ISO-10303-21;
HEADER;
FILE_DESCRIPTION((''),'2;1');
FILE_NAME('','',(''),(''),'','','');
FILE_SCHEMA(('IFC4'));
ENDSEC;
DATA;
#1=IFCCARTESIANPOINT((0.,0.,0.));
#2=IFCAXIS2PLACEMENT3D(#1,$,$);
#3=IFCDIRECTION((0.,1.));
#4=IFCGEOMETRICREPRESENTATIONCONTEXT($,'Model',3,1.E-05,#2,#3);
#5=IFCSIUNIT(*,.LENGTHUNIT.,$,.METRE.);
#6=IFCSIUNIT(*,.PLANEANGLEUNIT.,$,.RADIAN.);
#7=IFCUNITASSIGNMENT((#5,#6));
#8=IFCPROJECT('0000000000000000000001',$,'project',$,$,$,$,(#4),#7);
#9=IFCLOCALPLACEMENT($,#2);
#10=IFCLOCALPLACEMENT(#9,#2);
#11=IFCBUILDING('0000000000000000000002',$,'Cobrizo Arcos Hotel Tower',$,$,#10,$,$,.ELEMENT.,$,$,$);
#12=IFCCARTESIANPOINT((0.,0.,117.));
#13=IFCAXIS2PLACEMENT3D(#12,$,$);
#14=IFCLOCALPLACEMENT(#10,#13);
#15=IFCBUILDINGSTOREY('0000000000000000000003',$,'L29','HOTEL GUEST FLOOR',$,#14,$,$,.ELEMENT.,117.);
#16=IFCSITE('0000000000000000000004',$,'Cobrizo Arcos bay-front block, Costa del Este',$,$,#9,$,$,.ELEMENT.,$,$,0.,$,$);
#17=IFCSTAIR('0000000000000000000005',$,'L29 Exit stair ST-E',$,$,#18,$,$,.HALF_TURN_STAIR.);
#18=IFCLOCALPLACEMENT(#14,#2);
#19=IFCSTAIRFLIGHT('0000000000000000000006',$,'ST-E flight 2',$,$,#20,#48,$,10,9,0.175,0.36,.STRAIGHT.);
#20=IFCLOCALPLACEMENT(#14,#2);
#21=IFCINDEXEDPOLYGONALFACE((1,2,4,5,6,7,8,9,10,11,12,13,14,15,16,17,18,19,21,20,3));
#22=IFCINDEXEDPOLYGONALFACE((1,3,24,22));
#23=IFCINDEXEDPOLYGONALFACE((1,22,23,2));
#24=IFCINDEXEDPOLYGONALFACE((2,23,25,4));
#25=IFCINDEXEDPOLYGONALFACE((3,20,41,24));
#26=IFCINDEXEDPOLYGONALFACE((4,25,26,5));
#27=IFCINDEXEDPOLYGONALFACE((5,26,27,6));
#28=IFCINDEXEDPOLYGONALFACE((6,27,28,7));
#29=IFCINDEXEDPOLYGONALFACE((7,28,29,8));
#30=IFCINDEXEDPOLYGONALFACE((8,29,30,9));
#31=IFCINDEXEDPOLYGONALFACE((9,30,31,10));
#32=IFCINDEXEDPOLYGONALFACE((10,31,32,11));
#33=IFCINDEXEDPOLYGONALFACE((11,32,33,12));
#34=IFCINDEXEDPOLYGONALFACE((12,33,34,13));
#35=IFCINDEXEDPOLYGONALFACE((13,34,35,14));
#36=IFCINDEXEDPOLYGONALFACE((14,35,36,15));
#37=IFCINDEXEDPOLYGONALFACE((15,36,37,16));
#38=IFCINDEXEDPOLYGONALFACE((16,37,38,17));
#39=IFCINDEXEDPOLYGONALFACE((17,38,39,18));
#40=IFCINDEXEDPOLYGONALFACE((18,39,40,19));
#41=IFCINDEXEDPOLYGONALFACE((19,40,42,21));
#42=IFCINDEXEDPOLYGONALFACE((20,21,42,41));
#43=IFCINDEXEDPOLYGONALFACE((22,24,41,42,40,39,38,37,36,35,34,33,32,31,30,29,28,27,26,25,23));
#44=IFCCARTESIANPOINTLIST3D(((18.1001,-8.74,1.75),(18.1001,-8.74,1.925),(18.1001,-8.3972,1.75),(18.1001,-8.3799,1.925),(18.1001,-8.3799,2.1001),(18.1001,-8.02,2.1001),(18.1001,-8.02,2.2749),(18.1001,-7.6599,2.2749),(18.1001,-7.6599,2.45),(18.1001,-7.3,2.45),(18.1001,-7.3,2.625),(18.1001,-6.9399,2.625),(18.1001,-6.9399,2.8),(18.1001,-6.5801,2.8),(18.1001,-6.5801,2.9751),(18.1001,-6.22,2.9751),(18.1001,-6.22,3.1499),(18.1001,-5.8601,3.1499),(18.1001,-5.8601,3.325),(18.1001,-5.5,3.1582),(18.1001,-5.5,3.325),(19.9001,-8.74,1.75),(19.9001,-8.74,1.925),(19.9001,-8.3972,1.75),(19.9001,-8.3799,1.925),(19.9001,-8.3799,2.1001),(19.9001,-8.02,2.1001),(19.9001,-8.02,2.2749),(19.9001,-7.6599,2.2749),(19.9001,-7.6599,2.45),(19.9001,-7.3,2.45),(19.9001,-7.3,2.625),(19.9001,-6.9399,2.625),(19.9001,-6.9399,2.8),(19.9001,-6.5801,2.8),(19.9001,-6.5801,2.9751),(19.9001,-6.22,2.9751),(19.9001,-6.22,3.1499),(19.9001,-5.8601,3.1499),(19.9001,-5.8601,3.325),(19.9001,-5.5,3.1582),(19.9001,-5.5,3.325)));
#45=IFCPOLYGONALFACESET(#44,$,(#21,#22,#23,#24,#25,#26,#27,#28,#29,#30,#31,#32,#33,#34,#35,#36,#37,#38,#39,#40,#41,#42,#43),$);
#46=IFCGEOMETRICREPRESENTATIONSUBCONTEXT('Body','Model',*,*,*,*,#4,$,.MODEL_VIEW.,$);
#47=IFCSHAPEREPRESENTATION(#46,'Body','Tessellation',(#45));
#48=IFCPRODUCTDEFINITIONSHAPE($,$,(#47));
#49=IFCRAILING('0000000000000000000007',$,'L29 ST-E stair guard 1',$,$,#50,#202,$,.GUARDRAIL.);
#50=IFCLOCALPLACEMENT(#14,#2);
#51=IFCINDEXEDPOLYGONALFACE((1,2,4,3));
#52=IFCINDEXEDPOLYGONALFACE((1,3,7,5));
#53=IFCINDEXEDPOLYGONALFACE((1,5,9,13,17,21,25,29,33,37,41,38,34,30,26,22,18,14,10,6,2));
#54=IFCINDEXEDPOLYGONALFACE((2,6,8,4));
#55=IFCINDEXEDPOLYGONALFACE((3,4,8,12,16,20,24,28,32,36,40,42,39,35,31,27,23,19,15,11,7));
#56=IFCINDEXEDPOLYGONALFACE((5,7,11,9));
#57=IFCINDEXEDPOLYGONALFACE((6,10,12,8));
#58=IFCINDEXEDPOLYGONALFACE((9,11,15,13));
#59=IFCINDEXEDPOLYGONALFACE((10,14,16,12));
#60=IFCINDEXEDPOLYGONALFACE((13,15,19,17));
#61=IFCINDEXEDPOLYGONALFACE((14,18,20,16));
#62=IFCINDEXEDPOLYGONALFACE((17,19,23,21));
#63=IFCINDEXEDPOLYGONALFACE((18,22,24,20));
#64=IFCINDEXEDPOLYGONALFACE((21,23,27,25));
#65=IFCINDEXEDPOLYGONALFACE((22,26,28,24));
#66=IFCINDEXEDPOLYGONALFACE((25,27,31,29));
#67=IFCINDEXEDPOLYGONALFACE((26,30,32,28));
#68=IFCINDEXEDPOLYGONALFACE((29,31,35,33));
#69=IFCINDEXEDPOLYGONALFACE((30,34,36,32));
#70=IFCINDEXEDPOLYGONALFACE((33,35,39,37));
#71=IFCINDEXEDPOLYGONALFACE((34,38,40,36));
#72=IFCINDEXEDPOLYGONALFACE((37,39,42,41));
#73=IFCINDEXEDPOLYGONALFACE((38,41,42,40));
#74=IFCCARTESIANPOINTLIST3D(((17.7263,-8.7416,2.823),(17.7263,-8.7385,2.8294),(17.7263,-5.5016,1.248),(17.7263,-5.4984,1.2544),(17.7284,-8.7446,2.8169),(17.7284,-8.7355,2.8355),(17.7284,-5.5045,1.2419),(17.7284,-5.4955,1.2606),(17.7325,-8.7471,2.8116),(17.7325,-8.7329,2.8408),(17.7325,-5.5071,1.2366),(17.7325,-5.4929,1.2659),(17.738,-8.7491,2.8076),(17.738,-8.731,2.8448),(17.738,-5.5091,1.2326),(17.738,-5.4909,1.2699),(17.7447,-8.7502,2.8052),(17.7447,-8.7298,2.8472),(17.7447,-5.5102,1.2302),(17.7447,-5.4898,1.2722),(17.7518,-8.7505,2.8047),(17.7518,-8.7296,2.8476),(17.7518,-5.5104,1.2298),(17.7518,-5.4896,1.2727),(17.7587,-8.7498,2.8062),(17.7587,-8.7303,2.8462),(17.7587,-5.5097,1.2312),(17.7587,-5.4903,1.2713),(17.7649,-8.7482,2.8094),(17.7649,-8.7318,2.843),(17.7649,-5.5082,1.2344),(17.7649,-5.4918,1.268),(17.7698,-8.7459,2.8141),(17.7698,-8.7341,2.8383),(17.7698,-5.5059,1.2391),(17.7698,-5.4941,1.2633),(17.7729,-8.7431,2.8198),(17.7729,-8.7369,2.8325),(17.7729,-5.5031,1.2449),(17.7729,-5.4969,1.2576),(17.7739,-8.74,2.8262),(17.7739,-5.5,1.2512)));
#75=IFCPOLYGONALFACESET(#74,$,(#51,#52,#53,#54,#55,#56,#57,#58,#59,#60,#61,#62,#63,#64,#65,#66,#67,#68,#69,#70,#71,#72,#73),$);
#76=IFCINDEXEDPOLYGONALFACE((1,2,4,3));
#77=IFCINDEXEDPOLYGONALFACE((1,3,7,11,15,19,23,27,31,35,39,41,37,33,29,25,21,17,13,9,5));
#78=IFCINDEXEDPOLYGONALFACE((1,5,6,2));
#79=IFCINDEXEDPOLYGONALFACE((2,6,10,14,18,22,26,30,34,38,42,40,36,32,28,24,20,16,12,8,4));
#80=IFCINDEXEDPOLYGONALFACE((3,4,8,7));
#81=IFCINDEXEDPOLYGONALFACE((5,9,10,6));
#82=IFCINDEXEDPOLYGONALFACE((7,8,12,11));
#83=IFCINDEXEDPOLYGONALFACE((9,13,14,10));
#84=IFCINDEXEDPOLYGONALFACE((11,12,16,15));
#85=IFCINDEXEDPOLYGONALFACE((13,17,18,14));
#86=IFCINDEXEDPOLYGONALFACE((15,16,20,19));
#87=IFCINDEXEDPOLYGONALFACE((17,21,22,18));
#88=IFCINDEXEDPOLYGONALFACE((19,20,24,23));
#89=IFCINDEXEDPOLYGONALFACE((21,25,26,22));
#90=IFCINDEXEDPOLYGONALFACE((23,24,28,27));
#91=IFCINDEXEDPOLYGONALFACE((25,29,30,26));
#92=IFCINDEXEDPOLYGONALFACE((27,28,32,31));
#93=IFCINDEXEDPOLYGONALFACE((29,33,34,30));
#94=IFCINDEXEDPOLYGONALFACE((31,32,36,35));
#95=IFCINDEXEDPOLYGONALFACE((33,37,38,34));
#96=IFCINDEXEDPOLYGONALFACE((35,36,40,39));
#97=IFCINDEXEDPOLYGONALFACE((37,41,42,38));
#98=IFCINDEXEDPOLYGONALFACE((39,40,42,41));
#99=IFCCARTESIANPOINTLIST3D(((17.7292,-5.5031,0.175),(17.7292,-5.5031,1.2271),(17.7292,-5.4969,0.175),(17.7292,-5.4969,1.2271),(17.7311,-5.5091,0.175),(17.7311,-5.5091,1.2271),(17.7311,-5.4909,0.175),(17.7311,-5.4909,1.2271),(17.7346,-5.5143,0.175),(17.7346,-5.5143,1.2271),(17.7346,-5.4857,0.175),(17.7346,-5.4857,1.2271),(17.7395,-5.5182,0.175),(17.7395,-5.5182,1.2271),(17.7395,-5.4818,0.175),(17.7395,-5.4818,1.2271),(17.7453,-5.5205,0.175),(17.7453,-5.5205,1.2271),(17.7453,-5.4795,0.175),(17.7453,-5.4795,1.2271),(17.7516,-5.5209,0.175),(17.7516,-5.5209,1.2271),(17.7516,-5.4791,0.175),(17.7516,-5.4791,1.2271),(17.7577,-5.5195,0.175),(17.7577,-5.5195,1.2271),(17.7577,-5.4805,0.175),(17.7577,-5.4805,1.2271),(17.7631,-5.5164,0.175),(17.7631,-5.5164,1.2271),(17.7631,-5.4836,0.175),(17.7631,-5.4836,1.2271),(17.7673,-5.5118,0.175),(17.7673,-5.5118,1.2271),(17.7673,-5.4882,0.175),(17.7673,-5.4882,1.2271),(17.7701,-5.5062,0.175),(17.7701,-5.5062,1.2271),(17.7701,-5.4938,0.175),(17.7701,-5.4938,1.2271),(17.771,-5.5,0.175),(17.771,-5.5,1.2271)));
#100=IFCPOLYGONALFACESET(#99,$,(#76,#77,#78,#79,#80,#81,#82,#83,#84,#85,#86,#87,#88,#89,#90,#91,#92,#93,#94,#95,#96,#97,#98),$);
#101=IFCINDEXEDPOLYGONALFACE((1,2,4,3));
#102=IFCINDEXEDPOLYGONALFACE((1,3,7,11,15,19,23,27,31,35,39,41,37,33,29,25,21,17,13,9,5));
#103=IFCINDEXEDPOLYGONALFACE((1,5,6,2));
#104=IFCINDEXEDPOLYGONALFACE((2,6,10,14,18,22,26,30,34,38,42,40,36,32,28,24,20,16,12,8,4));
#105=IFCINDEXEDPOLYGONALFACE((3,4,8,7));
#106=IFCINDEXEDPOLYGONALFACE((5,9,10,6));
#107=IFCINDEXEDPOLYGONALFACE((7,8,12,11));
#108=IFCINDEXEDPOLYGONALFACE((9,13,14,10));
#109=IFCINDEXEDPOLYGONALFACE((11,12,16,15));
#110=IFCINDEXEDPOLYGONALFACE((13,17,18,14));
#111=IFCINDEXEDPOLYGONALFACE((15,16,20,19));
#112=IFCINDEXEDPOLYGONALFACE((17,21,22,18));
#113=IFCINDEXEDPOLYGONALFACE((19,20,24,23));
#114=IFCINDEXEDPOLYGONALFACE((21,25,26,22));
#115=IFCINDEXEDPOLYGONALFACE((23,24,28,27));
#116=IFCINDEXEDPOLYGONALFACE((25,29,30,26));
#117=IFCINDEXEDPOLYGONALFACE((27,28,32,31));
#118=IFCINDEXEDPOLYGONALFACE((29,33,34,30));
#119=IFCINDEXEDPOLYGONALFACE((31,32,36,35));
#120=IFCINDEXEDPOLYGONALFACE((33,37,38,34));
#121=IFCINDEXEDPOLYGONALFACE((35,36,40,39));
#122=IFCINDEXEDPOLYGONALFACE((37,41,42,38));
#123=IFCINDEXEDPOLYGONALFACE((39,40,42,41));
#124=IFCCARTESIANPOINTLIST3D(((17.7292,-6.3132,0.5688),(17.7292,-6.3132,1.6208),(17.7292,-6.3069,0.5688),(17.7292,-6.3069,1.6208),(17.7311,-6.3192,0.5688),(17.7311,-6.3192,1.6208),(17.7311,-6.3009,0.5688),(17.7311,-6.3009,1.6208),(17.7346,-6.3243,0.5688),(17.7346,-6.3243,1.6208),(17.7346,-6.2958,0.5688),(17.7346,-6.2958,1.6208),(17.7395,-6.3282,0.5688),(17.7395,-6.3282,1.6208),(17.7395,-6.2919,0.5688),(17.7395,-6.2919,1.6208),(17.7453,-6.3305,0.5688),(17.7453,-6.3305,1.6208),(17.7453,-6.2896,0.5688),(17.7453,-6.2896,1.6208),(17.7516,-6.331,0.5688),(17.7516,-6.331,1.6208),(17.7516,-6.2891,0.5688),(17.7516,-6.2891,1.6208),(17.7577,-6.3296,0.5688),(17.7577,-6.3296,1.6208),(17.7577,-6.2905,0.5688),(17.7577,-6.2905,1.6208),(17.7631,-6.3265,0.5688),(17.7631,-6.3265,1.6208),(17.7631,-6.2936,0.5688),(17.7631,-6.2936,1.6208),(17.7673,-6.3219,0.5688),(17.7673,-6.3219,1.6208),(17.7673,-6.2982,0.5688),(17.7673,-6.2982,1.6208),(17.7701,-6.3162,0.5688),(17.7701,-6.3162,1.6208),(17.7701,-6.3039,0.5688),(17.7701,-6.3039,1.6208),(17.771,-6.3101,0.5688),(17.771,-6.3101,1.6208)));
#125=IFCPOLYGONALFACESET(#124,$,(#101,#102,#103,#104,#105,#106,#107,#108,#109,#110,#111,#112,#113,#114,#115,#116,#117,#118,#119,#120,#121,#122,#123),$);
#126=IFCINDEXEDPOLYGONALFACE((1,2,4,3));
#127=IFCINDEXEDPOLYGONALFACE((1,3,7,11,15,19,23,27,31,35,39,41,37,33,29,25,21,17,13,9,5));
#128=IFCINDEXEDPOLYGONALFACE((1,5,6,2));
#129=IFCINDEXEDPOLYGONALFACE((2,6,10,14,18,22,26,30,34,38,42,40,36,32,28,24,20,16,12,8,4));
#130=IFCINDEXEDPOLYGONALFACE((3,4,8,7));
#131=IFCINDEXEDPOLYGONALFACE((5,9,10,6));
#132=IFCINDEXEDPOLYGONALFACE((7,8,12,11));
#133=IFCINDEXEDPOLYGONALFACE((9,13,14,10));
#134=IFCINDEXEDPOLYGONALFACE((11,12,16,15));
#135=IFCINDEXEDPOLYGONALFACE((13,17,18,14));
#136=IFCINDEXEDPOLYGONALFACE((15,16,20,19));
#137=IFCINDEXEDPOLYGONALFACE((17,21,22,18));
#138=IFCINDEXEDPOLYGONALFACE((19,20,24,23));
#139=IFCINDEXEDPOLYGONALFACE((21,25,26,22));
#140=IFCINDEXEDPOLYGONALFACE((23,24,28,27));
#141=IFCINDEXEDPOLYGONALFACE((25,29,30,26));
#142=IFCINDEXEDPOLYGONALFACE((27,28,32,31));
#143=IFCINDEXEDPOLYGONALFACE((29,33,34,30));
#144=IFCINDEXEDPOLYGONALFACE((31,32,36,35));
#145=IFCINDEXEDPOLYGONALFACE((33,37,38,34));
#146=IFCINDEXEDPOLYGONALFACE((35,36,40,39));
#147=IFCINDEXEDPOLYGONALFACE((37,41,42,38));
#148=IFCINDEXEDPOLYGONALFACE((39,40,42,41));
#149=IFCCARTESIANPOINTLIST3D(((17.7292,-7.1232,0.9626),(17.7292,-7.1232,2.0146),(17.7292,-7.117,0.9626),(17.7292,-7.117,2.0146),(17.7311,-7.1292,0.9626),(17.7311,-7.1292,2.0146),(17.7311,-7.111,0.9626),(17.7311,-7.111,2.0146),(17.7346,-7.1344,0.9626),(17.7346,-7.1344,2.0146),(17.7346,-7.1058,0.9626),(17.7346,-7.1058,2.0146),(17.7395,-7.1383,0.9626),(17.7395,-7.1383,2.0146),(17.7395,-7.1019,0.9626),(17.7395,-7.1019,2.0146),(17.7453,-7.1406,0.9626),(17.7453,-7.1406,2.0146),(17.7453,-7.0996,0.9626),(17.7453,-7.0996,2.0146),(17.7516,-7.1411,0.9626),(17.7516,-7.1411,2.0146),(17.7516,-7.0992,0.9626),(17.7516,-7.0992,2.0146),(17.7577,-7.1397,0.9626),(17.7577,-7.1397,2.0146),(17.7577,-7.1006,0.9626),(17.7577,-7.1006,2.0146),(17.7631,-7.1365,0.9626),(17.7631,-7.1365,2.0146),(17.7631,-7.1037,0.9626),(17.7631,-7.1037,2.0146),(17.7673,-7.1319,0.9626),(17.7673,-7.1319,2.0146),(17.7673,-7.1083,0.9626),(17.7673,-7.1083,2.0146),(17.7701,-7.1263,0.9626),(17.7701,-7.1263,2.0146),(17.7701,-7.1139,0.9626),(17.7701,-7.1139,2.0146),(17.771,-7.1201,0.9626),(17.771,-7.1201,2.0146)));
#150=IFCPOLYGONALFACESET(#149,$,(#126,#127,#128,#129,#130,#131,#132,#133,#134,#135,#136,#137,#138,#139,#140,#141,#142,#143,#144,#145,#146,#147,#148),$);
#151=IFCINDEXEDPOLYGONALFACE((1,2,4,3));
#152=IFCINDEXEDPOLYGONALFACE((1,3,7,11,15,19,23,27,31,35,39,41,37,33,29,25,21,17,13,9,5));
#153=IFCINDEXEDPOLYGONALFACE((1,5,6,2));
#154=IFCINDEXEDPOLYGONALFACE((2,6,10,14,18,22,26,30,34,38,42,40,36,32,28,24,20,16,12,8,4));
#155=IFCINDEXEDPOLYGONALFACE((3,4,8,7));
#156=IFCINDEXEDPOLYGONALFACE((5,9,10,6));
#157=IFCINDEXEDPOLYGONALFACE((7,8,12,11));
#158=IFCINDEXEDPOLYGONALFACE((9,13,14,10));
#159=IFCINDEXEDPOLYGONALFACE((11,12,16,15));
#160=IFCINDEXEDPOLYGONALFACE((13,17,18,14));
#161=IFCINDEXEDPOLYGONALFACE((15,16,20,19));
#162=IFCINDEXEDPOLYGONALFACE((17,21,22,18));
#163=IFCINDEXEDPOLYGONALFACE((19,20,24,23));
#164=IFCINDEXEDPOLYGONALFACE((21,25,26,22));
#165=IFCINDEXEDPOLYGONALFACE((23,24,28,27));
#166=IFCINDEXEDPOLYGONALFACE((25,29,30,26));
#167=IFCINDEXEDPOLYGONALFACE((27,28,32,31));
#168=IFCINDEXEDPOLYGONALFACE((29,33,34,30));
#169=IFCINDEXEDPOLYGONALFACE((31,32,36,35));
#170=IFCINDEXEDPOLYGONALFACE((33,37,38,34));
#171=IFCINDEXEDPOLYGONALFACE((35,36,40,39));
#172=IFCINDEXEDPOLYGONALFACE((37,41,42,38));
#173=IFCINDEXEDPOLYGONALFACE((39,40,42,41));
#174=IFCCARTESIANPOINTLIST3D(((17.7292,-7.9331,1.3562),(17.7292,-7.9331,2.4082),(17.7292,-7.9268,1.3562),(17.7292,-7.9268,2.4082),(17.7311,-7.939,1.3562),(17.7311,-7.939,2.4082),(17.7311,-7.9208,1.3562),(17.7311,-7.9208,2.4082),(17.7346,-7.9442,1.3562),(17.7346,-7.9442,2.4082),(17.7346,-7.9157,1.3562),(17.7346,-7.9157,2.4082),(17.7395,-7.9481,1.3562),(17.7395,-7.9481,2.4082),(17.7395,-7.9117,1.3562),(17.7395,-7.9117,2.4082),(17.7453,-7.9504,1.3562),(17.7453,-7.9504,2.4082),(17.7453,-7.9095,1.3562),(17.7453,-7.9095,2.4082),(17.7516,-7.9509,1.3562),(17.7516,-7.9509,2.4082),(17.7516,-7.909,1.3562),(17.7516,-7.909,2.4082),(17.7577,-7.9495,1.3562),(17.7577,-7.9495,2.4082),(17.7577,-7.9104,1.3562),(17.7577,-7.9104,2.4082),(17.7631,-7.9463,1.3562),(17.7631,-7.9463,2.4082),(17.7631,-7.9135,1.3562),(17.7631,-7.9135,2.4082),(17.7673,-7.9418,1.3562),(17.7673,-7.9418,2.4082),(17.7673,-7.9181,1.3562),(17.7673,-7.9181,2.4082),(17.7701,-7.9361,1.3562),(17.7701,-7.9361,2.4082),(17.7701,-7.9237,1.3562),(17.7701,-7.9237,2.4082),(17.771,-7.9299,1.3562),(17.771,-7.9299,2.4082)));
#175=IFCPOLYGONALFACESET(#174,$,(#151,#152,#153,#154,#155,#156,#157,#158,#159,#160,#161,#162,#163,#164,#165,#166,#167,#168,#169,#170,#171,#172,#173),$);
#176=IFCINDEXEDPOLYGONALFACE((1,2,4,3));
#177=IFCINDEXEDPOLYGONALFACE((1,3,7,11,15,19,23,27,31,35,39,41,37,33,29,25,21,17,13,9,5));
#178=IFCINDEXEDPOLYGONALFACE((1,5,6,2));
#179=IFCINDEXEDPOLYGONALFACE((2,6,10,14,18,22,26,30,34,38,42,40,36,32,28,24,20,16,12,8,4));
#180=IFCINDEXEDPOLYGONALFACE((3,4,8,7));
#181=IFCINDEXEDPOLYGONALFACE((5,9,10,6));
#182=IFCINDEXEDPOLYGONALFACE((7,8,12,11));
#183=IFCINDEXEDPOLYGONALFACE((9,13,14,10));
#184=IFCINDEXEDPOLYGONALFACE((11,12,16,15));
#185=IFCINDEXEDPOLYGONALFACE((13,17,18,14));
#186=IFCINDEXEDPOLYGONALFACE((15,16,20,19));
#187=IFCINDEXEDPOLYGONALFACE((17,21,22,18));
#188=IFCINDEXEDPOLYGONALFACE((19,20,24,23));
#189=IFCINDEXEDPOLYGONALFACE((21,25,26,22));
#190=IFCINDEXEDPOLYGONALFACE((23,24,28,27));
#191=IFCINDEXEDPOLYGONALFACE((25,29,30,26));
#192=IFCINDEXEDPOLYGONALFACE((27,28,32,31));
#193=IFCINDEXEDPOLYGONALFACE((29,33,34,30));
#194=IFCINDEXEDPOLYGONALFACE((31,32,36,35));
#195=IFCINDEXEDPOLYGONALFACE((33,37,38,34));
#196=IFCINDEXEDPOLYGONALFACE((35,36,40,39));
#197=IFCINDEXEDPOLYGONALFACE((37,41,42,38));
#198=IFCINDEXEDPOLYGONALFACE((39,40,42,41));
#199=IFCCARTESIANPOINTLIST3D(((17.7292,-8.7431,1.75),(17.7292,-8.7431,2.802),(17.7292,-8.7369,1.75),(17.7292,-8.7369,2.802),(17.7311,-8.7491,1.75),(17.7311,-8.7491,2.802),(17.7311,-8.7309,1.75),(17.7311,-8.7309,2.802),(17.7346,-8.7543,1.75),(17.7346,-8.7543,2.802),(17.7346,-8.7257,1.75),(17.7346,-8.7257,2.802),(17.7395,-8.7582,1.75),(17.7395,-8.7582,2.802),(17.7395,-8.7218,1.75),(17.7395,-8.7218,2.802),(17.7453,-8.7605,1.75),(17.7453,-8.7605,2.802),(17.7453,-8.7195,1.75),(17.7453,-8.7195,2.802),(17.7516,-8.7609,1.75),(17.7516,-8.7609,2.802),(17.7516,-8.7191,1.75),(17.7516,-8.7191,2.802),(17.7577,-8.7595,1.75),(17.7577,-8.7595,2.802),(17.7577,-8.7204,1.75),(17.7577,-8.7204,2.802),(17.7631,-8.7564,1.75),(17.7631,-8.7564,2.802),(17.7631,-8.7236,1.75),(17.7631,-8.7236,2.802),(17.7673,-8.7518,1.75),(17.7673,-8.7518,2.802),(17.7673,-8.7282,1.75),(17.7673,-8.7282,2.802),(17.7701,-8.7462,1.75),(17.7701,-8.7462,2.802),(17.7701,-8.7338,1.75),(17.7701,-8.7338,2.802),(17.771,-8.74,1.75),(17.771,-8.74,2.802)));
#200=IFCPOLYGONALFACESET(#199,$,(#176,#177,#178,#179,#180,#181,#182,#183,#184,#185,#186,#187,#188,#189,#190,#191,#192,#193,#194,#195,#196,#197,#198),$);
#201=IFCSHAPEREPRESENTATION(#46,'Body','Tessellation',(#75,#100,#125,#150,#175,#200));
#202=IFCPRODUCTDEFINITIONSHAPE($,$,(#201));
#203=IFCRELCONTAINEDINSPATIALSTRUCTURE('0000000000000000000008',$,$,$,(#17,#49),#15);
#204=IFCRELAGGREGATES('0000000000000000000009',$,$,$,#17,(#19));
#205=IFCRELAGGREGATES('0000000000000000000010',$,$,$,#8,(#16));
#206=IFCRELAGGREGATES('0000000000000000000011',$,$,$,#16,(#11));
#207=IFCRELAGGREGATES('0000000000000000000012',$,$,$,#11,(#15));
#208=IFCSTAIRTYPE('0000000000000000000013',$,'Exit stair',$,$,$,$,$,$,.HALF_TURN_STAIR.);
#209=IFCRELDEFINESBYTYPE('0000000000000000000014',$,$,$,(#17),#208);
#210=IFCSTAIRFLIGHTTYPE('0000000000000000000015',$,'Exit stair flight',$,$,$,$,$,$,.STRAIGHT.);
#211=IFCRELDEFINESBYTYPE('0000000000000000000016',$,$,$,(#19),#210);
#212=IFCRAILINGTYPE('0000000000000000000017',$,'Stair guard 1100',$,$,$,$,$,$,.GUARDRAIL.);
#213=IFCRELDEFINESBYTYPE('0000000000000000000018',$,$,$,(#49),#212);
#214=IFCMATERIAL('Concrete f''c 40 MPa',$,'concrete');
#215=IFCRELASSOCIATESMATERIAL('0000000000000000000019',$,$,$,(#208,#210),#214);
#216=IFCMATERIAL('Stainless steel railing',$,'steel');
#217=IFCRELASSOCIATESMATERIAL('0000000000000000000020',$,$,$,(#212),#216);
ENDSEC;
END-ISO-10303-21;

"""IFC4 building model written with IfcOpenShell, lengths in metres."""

from ifc_helpers import new_model, si_unit, direction, frame, origin, origin_2d, place, context, subcontext, project, spatial, polyline, circle, outline, extrude, material, type_object, element, aggregate, save


model = new_model("IFC4")

# Units and contexts
model_context = context("Model", 3, precision=1e-05, world=origin(), true_north=direction((0.0, 1.0)))
body_context = subcontext(model_context, "Body", "Model", "MODEL_VIEW")
ifc_project = project(units=[si_unit("LENGTHUNIT", "METRE"), si_unit("PLANEANGLEUNIT", "RADIAN")], contexts=[model_context])

# Site, building, storey
site_placement = place(None, origin())
site = spatial("IfcSite", under=ifc_project, at=site_placement, Name="Cobrizo Arcos bay-front block, Costa del Este", CompositionType="ELEMENT", RefElevation=0.0)
building_placement = place(site_placement, origin())
building = spatial("IfcBuilding", under=site, at=building_placement, Name="Cobrizo Arcos Hotel Tower", CompositionType="ELEMENT")
storey_placement = place(building_placement, frame((0.0, 0.0, 117.0)))
storey = spatial("IfcBuildingStorey", under=building, at=storey_placement, Name="L29", Description="HOTEL GUEST FLOOR", CompositionType="ELEMENT", Elevation=117.0)

# Shared definitions
ifc_material_1 = material(Name="Concrete f'c 40 MPa", Category="concrete")

# Stair, stair flight
stair_type = type_object("IfcStairType", Name="Exit stair", PredefinedType="HALF_TURN_STAIR", material=ifc_material_1)
stair_placement = place(storey_placement, origin())
stair = element("IfcStair", 1, at=stair_placement, inside=storey, type_object=stair_type, Name="L29 Exit stair ST-E", PredefinedType="HALF_TURN_STAIR")
stair_flight_type = type_object("IfcStairFlightType", Name="Exit stair flight", PredefinedType="STRAIGHT", material=ifc_material_1)
stair_flight_1_placement = place(storey_placement, frame((19.0, -8.74, 1.75), z_axis=(0.0, 0.0, 1.0), x_axis=(0.0, 1.0, 0.0)))
stair_flight_1 = element("IfcStairFlight", 2, at=stair_flight_1_placement, type_object=stair_flight_type, Name="ST-E flight 2", NumberOfRisers=10, NumberOfTreads=9, PredefinedType="STRAIGHT", RiserHeight=0.175, TreadLength=0.36, context=body_context, shape_type="SweptSolid", body=[
    extrude(outline(polyline([(0.0, 0.0), (0.0, 0.175), (0.3601, 0.175), (0.3601, 0.3501), (0.72, 0.3501), (0.72, 0.5249), (1.0801, 0.5249), (1.0801, 0.7), (1.4399, 0.7), (1.4399, 0.875), (1.8, 0.875), (1.8, 1.05), (2.1599, 1.05), (2.1599, 1.2251), (2.52, 1.2251), (2.52, 1.3999), (2.8799, 1.3999), (2.8799, 1.575), (3.24, 1.575), (3.24, 1.75), (3.24, 1.4082), (0.3428, 0.0), (0.0, 0.0)])), frame((0.0, 0.8999, 0.0), z_axis=(0.0, -1.0, 0.0), x_axis=(1.0, 0.0, 0.0)), (0.0, 0.0, 1.0), 1.8),
])
aggregate(stair, [stair_flight_1])

# Railing
ifc_material_2 = material(Name="Stainless steel railing", Category="steel")
railing_type_1 = type_object("IfcRailingType", Name="Stair guard 1100", PredefinedType="GUARDRAIL", material=ifc_material_2)
railing_1_placement = place(storey_placement, frame((17.75, -5.5, 0.175)))
element("IfcRailing", 3, at=railing_1_placement, inside=storey, type_object=railing_type_1, Name="L29 ST-E stair guard 1", PredefinedType="GUARDRAIL", context=body_context, shape_type="SweptSolid", body=[
    extrude(circle(Radius=0.0239, at=origin_2d()), frame((0.0, 0.0, 1.0762), z_axis=(0.0, -0.899373, 0.437183), x_axis=(1.0, 0.0, 0.0)), (0.0, 0.0, 1.0), 3.6025),
    extrude(circle(Radius=0.021, at=origin_2d()), origin(), (0.0, 0.0, 1.0), 1.052),
    extrude(circle(Radius=0.021, at=origin_2d()), frame((0.0, -0.8101, 0.3938)), (0.0, 0.0, 1.0), 1.052),
    extrude(circle(Radius=0.021, at=origin_2d()), frame((0.0, -1.6201, 0.7876)), (0.0, 0.0, 1.0), 1.052),
    extrude(circle(Radius=0.021, at=origin_2d()), frame((0.0, -2.4299, 1.1812)), (0.0, 0.0, 1.0), 1.052),
    extrude(circle(Radius=0.021, at=origin_2d()), frame((0.0, -3.24, 1.575)), (0.0, 0.0, 1.0), 1.052),
])

save(model, "model.ifc")
